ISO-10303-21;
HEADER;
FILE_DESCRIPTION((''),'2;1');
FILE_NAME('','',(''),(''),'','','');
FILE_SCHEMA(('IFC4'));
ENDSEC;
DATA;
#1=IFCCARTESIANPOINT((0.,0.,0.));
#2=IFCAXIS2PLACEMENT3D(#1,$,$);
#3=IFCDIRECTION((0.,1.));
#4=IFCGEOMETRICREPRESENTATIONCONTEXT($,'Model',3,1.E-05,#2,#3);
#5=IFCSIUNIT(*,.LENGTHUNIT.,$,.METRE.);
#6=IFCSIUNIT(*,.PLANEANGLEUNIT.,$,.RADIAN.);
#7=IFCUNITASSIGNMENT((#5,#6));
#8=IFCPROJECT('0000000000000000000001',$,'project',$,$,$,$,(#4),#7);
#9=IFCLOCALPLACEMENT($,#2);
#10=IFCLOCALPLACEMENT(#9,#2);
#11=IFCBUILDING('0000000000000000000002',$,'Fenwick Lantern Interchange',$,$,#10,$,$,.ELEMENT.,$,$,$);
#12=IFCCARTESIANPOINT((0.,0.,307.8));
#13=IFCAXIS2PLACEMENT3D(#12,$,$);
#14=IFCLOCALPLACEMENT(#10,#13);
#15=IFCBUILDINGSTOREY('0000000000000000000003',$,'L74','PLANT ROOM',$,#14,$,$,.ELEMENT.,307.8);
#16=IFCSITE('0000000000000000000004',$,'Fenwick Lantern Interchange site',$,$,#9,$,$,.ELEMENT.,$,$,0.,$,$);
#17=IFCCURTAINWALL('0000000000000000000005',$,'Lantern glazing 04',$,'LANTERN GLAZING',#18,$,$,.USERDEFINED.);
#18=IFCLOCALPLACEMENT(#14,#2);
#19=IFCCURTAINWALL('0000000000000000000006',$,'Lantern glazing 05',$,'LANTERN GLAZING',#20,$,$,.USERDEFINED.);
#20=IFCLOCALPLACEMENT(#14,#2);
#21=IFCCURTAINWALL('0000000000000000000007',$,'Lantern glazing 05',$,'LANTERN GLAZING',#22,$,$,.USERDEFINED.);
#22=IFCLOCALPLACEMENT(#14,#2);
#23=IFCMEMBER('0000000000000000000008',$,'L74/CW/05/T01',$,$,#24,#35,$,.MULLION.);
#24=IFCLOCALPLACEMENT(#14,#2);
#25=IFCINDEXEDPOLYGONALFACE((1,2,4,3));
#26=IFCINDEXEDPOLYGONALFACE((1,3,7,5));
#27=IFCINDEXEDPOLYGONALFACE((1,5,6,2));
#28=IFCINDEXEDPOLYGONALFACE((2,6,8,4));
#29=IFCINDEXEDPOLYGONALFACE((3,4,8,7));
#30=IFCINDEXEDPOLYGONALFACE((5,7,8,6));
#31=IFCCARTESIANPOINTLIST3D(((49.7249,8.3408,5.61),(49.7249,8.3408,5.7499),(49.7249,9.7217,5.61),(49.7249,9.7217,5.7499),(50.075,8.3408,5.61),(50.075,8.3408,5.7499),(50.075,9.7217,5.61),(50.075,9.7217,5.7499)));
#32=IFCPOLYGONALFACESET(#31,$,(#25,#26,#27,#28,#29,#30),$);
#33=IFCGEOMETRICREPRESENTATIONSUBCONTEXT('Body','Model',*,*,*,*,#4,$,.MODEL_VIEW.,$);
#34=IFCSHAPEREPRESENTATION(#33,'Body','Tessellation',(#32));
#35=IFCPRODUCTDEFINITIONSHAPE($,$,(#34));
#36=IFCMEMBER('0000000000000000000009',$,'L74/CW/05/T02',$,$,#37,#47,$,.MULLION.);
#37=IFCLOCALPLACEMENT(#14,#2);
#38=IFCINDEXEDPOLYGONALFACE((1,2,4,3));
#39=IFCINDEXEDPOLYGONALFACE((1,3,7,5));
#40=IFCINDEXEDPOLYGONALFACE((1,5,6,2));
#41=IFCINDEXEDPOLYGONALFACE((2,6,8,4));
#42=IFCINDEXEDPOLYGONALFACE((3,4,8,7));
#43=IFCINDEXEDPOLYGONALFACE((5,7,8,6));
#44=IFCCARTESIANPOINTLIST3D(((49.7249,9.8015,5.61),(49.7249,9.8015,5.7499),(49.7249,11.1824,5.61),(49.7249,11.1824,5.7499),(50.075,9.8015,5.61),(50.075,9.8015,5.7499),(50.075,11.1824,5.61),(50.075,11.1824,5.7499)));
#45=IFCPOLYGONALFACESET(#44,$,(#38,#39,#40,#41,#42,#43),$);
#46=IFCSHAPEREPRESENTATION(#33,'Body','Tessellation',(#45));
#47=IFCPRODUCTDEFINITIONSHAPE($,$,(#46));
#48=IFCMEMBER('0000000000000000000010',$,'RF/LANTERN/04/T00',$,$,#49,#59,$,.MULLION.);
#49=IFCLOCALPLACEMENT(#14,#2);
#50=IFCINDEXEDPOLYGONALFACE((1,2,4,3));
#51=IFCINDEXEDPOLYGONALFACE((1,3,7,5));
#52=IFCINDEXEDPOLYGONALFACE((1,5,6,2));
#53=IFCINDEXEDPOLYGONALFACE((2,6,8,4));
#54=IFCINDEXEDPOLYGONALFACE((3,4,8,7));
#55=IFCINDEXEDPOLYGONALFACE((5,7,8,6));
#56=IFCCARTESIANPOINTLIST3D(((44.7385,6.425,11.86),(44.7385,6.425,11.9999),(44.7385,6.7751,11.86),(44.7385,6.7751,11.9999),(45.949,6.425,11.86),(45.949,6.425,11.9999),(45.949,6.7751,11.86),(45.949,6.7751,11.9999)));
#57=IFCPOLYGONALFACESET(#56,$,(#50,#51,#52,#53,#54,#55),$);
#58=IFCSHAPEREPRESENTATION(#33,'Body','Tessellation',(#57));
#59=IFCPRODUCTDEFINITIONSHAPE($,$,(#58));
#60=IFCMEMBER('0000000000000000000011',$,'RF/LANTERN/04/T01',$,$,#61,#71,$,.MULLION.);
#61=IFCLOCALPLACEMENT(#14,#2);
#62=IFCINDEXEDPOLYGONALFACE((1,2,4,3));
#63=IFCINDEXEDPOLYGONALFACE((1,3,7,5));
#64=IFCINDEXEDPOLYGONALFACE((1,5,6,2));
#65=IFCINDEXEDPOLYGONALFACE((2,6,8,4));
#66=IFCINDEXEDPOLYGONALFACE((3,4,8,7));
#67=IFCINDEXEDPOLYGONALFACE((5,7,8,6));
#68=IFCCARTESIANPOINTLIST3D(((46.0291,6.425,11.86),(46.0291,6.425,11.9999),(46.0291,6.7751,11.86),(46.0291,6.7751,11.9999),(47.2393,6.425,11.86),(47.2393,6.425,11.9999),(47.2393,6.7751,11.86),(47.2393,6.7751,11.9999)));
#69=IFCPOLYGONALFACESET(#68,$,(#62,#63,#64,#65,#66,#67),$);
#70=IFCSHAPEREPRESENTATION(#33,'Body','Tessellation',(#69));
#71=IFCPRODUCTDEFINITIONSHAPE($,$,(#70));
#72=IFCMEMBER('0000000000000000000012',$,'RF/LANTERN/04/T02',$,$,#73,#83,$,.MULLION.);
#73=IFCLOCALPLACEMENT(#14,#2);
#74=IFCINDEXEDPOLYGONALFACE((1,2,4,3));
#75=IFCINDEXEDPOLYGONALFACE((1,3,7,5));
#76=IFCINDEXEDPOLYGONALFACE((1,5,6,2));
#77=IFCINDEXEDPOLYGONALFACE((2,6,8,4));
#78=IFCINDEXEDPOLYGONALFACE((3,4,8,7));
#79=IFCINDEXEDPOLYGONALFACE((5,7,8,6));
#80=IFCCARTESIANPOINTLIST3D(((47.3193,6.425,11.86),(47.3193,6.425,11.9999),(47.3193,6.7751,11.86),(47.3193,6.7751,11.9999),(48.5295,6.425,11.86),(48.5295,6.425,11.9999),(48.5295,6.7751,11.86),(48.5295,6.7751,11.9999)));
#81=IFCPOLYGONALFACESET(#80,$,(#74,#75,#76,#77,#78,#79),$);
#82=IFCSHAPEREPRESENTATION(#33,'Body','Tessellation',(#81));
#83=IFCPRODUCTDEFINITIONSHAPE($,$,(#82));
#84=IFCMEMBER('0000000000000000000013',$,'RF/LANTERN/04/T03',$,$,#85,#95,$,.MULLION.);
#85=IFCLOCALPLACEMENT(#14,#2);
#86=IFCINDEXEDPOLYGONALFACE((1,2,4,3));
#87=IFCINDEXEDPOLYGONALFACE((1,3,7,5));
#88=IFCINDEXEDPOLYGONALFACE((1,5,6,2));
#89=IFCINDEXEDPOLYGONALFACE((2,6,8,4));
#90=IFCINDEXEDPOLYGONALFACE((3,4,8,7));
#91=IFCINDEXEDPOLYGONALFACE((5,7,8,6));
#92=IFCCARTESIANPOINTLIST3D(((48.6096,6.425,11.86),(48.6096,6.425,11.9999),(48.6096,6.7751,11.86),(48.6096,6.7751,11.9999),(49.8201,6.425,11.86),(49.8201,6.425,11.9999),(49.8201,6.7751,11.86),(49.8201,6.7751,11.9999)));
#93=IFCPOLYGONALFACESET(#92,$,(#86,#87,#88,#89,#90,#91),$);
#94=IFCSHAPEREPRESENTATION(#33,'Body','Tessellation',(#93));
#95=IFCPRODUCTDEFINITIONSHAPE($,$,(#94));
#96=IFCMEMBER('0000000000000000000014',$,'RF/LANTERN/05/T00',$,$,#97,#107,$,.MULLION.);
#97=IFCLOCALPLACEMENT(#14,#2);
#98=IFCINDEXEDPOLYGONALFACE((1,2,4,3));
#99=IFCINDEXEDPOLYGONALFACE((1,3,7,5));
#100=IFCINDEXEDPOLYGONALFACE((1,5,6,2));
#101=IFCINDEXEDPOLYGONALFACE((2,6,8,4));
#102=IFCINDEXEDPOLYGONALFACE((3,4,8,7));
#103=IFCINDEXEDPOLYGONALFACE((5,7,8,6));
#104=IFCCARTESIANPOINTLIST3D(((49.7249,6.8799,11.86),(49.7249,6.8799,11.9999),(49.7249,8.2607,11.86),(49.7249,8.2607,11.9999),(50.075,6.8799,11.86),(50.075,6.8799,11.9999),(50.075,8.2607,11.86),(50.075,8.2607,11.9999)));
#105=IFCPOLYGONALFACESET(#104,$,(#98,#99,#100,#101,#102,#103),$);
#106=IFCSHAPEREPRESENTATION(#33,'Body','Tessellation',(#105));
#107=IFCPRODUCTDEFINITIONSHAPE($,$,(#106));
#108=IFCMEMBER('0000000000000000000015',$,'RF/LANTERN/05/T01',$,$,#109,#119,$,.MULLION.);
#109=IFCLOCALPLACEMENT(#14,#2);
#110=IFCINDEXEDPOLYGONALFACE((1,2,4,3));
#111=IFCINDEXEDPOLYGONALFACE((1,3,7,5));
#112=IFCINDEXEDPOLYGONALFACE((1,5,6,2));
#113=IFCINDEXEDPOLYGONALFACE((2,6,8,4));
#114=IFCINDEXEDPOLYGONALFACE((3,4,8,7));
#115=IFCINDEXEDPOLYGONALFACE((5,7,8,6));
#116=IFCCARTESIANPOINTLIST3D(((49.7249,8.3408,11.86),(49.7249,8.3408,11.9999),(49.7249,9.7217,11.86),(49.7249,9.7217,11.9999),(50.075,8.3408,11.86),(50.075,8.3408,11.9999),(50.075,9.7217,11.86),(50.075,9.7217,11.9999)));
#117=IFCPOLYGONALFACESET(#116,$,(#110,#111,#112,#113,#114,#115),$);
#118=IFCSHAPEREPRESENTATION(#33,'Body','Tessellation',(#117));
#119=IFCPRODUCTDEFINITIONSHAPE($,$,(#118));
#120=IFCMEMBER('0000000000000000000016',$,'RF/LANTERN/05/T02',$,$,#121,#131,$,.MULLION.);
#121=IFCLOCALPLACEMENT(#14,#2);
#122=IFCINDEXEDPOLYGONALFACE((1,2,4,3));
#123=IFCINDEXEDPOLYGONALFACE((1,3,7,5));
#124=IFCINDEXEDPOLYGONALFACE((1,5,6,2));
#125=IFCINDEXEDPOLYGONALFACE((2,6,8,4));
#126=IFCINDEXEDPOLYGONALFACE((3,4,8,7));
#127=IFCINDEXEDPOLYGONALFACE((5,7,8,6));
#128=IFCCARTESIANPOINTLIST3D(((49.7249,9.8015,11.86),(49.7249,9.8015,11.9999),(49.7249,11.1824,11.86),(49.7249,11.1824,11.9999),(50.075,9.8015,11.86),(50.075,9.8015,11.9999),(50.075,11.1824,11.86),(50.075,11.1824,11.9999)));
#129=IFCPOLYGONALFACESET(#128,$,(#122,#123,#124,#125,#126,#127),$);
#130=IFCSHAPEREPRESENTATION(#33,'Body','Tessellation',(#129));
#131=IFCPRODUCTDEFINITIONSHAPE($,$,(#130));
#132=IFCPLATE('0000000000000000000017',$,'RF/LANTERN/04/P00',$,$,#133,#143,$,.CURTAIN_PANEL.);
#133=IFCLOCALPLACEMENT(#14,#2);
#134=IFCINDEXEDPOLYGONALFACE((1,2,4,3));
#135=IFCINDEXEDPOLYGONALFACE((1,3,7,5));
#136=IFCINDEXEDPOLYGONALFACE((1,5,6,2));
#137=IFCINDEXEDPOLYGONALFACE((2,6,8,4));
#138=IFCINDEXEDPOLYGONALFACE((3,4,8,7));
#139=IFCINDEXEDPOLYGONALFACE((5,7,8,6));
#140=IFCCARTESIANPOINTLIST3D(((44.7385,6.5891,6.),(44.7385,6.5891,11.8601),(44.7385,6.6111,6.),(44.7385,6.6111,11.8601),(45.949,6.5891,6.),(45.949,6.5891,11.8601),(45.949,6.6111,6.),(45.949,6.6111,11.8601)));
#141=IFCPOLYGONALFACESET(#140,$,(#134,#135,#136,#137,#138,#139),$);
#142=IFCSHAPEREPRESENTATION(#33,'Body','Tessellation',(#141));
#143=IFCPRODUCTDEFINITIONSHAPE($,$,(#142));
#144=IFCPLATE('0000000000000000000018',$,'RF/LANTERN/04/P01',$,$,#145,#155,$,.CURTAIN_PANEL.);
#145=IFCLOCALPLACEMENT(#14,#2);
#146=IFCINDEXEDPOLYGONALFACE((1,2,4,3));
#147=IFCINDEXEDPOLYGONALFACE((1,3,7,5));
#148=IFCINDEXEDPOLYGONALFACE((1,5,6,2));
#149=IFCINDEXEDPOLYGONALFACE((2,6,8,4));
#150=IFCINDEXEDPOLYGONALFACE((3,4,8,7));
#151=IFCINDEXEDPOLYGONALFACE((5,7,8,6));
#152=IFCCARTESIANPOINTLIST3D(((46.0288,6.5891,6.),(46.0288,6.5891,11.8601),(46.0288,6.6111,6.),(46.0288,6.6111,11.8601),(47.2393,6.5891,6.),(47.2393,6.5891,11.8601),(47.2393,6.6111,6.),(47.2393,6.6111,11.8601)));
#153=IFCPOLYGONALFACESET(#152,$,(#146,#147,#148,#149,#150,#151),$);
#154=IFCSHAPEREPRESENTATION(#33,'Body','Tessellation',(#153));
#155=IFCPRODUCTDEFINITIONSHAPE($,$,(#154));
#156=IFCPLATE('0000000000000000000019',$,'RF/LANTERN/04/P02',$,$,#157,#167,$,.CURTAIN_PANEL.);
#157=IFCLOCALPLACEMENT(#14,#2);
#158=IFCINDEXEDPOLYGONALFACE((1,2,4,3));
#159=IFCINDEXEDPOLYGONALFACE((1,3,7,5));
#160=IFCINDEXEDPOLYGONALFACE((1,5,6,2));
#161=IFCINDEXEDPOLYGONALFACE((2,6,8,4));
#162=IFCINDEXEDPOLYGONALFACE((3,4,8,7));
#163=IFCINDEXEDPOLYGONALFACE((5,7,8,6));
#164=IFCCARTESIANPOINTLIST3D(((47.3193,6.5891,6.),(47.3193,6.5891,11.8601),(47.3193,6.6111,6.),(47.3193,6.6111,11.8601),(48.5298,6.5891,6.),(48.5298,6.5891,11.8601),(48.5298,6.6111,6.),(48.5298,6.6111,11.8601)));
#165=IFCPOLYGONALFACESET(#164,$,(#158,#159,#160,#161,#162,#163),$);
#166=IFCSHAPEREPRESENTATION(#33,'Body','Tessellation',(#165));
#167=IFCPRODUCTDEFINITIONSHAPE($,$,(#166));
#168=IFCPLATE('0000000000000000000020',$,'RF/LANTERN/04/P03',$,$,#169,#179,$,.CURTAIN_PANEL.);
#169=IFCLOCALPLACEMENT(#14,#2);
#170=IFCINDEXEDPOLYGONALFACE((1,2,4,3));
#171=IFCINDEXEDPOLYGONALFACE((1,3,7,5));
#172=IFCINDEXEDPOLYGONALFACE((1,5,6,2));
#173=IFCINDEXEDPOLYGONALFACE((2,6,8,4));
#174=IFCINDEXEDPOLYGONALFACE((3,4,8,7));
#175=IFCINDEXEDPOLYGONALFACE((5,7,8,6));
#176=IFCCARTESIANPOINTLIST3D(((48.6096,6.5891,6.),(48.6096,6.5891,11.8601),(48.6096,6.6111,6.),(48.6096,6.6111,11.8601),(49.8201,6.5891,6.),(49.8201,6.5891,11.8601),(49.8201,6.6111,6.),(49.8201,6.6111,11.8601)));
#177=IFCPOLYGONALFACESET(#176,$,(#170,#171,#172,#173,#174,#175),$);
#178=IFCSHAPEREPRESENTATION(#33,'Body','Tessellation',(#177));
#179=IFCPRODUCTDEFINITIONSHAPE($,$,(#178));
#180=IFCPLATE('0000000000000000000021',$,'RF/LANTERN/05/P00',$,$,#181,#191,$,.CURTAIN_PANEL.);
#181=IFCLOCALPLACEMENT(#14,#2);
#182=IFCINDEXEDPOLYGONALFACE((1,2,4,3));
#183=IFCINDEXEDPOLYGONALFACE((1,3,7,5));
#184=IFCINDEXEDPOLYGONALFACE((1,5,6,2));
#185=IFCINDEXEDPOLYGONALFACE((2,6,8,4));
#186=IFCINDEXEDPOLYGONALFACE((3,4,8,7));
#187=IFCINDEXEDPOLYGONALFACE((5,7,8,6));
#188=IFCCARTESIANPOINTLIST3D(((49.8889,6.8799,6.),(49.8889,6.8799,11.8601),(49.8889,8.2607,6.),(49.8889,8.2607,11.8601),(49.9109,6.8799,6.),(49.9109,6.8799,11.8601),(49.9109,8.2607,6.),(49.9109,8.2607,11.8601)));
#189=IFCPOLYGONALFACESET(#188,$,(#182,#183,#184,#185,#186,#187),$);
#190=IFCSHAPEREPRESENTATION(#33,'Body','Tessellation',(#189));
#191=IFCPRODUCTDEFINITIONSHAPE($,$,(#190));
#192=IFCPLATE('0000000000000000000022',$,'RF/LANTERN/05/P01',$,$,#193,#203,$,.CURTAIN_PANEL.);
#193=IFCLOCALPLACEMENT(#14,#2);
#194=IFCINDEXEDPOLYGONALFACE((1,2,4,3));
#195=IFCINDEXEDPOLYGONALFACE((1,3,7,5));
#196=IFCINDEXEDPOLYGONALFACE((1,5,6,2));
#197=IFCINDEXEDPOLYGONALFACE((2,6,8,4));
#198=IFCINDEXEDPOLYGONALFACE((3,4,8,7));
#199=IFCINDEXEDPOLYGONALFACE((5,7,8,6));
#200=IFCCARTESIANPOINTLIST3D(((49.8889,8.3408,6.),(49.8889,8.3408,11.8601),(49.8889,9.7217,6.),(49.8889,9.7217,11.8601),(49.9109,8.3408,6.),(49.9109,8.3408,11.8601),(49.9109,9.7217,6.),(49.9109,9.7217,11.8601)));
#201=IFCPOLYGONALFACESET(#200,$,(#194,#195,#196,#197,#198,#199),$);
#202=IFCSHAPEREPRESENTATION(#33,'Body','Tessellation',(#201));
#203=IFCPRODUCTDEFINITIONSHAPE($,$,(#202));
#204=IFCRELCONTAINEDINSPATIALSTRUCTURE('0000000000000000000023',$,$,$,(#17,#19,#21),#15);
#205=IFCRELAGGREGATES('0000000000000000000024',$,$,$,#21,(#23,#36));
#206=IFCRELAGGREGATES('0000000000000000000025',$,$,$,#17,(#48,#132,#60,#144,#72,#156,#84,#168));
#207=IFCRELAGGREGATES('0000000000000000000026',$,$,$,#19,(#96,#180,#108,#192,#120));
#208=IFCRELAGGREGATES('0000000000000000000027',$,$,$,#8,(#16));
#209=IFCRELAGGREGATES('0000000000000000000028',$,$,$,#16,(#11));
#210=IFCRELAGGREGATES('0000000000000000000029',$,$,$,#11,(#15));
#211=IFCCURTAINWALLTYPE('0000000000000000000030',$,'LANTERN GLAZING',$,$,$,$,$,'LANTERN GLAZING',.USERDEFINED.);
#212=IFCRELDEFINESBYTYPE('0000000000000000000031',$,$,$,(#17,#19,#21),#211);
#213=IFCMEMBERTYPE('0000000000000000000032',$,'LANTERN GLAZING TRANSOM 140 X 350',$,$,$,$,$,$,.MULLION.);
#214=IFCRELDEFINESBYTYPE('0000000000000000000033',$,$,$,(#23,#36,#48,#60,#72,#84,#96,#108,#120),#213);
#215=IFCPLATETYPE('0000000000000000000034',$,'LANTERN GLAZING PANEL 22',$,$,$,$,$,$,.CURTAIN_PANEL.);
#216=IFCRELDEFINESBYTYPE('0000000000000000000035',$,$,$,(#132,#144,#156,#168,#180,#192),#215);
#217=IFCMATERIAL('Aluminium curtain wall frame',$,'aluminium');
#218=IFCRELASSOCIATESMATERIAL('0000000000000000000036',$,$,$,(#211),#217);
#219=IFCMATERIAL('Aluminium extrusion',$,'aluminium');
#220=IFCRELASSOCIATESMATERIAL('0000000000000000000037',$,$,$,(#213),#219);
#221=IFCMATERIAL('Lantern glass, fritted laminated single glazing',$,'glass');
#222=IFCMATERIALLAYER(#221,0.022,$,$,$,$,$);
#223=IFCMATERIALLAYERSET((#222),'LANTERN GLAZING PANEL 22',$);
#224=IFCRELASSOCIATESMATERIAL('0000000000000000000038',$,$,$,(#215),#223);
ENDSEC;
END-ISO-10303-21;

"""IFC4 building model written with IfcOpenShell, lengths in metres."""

from ifc_helpers import new_model, si_unit, direction, frame, origin, origin_2d, place, context, subcontext, project, spatial, rectangle, extrude, material, layer, layer_set, material_profile, profile_set, type_object, element, aggregate, save


model = new_model("IFC4")

# Units and contexts
model_context = context("Model", 3, precision=1e-05, world=origin(), true_north=direction((0.0, 1.0)))
body_context = subcontext(model_context, "Body", "Model", "MODEL_VIEW")
ifc_project = project(units=[si_unit("LENGTHUNIT", "METRE"), si_unit("PLANEANGLEUNIT", "RADIAN")], contexts=[model_context])

# Site, building, storey
site_placement = place(None, origin())
site = spatial("IfcSite", under=ifc_project, at=site_placement, Name="Fenwick Lantern Interchange site", CompositionType="ELEMENT", RefElevation=0.0)
building_placement = place(site_placement, origin())
building = spatial("IfcBuilding", under=site, at=building_placement, Name="Fenwick Lantern Interchange", CompositionType="ELEMENT")
storey_placement = place(building_placement, frame((0.0, 0.0, 307.8)))
storey = spatial("IfcBuildingStorey", under=building, at=storey_placement, Name="L74", Description="PLANT ROOM", CompositionType="ELEMENT", Elevation=307.8)

# Shared definitions
ifc_material_1 = material(Name="Aluminium curtain wall frame", Category="aluminium")
curtain_wall_type = type_object("IfcCurtainWallType", Name="LANTERN GLAZING", ElementType="LANTERN GLAZING", PredefinedType="USERDEFINED", material=ifc_material_1)
ifc_material_2 = material(Name="Aluminium extrusion", Category="aluminium")

# Curtain walls, members
curtain_wall_1_placement = place(storey_placement, origin())
curtain_wall_1 = element("IfcCurtainWall", 1, at=curtain_wall_1_placement, inside=storey, type_object=curtain_wall_type, Name="Lantern glazing 04", ObjectType="LANTERN GLAZING", PredefinedType="USERDEFINED")
curtain_wall_2_placement = place(storey_placement, origin())
curtain_wall_2 = element("IfcCurtainWall", 2, at=curtain_wall_2_placement, inside=storey, type_object=curtain_wall_type, Name="Lantern glazing 05", ObjectType="LANTERN GLAZING", PredefinedType="USERDEFINED")
ifc_material_profile_1 = material_profile(ifc_material_2, rectangle(XDim=0.3501, YDim=0.1399, at=origin_2d()), Name="LANTERN GLAZING TRANSOM 140 X 350")
ifc_profile_set_1 = profile_set([ifc_material_profile_1], Name="Aluminium extrusion")
member_type_1 = type_object("IfcMemberType", Name="LANTERN GLAZING TRANSOM 140 X 350", PredefinedType="MULLION", material=ifc_profile_set_1)
curtain_wall_3_placement = place(storey_placement, origin())
curtain_wall_3 = element("IfcCurtainWall", 3, at=curtain_wall_3_placement, inside=storey, type_object=curtain_wall_type, Name="Lantern glazing 05", ObjectType="LANTERN GLAZING", PredefinedType="USERDEFINED")
member_1_placement = place(storey_placement, frame((49.8999, 8.3408, 5.6799), z_axis=(0.0, 1.0, 0.0), x_axis=(-1.0, 0.0, 0.0)))
member_1 = element("IfcMember", 4, at=member_1_placement, type_object=member_type_1, Name="L74/CW/05/T01", PredefinedType="MULLION", context=body_context, shape_type="SweptSolid", body=[
    extrude(rectangle(XDim=0.3501, YDim=0.1399, at=origin_2d()), origin(), (0.0, 0.0, 1.0), 1.3809),
])
member_2_placement = place(storey_placement, frame((49.8999, 9.8015, 5.6799), z_axis=(0.0, 1.0, 0.0), x_axis=(-1.0, 0.0, 0.0)))
member_2 = element("IfcMember", 5, at=member_2_placement, type_object=member_type_1, Name="L74/CW/05/T02", PredefinedType="MULLION", context=body_context, shape_type="SweptSolid", body=[
    extrude(rectangle(XDim=0.3501, YDim=0.1399, at=origin_2d()), origin(), (0.0, 0.0, 1.0), 1.3809),
])

# Members
member_3_placement = place(storey_placement, frame((44.7385, 6.6001, 11.9299), z_axis=(1.0, 0.0, 0.0), x_axis=(0.0, 1.0, 0.0)))
member_3 = element("IfcMember", 6, at=member_3_placement, type_object=member_type_1, Name="RF/LANTERN/04/T00", PredefinedType="MULLION", context=body_context, shape_type="SweptSolid", body=[
    extrude(rectangle(XDim=0.3501, YDim=0.1399, at=origin_2d()), origin(), (0.0, 0.0, 1.0), 1.2104),
])
member_4_placement = place(storey_placement, frame((46.0291, 6.6001, 11.9299), z_axis=(1.0, 0.0, 0.0), x_axis=(0.0, 1.0, 0.0)))
member_4 = element("IfcMember", 7, at=member_4_placement, type_object=member_type_1, Name="RF/LANTERN/04/T01", PredefinedType="MULLION", context=body_context, shape_type="SweptSolid", body=[
    extrude(rectangle(XDim=0.3501, YDim=0.1399, at=origin_2d()), origin(), (0.0, 0.0, 1.0), 1.2102),
])
member_5_placement = place(storey_placement, frame((47.3193, 6.6001, 11.9299), z_axis=(1.0, 0.0, 0.0), x_axis=(0.0, 1.0, 0.0)))
member_5 = element("IfcMember", 8, at=member_5_placement, type_object=member_type_1, Name="RF/LANTERN/04/T02", PredefinedType="MULLION", context=body_context, shape_type="SweptSolid", body=[
    extrude(rectangle(XDim=0.3501, YDim=0.1399, at=origin_2d()), origin(), (0.0, 0.0, 1.0), 1.2102),
])
member_6_placement = place(storey_placement, frame((48.6096, 6.6001, 11.9299), z_axis=(1.0, 0.0, 0.0), x_axis=(0.0, 1.0, 0.0)))
member_6 = element("IfcMember", 9, at=member_6_placement, type_object=member_type_1, Name="RF/LANTERN/04/T03", PredefinedType="MULLION", context=body_context, shape_type="SweptSolid", body=[
    extrude(rectangle(XDim=0.3501, YDim=0.1399, at=origin_2d()), origin(), (0.0, 0.0, 1.0), 1.2104),
])
member_7_placement = place(storey_placement, frame((49.8999, 6.8799, 11.9299), z_axis=(0.0, 1.0, 0.0), x_axis=(-1.0, 0.0, 0.0)))
member_7 = element("IfcMember", 10, at=member_7_placement, type_object=member_type_1, Name="RF/LANTERN/05/T00", PredefinedType="MULLION", context=body_context, shape_type="SweptSolid", body=[
    extrude(rectangle(XDim=0.3501, YDim=0.1399, at=origin_2d()), origin(), (0.0, 0.0, 1.0), 1.3809),
])
member_8_placement = place(storey_placement, frame((49.8999, 8.3408, 11.9299), z_axis=(0.0, 1.0, 0.0), x_axis=(-1.0, 0.0, 0.0)))
member_8 = element("IfcMember", 11, at=member_8_placement, type_object=member_type_1, Name="RF/LANTERN/05/T01", PredefinedType="MULLION", context=body_context, shape_type="SweptSolid", body=[
    extrude(rectangle(XDim=0.3501, YDim=0.1399, at=origin_2d()), origin(), (0.0, 0.0, 1.0), 1.3809),
])
member_9_placement = place(storey_placement, frame((49.8999, 9.8015, 11.9299), z_axis=(0.0, 1.0, 0.0), x_axis=(-1.0, 0.0, 0.0)))
member_9 = element("IfcMember", 12, at=member_9_placement, type_object=member_type_1, Name="RF/LANTERN/05/T02", PredefinedType="MULLION", context=body_context, shape_type="SweptSolid", body=[
    extrude(rectangle(XDim=0.3501, YDim=0.1399, at=origin_2d()), origin(), (0.0, 0.0, 1.0), 1.3809),
])

# Plates
ifc_material_3 = material(Name="Lantern glass, fritted laminated single glazing", Category="glass")
ifc_layer = layer(ifc_material_3, 0.022)
ifc_layer_set = layer_set([ifc_layer], Name="LANTERN GLAZING PANEL 22")
plate_type = type_object("IfcPlateType", Name="LANTERN GLAZING PANEL 22", PredefinedType="CURTAIN_PANEL", material=ifc_layer_set)
aggregate(curtain_wall_3, [member_1, member_2])
plate_1_placement = place(storey_placement, frame((45.3438, 6.6001, 6.0), z_axis=(0.0, 0.0, 1.0), x_axis=(1.0, 0.0, 0.0)))
plate_1 = element("IfcPlate", 13, at=plate_1_placement, type_object=plate_type, Name="RF/LANTERN/04/P00", PredefinedType="CURTAIN_PANEL", context=body_context, shape_type="SweptSolid", body=[
    extrude(rectangle(XDim=1.2104, YDim=0.022, at=origin_2d()), origin(), (0.0, 0.0, 1.0), 5.8601),
])
plate_2_placement = place(storey_placement, frame((46.634, 6.6001, 6.0), z_axis=(0.0, 0.0, 1.0), x_axis=(1.0, 0.0, 0.0)))
plate_2 = element("IfcPlate", 14, at=plate_2_placement, type_object=plate_type, Name="RF/LANTERN/04/P01", PredefinedType="CURTAIN_PANEL", context=body_context, shape_type="SweptSolid", body=[
    extrude(rectangle(XDim=1.2104, YDim=0.022, at=origin_2d()), origin(), (0.0, 0.0, 1.0), 5.8601),
])
plate_3_placement = place(storey_placement, frame((47.9246, 6.6001, 6.0), z_axis=(0.0, 0.0, 1.0), x_axis=(1.0, 0.0, 0.0)))
plate_3 = element("IfcPlate", 15, at=plate_3_placement, type_object=plate_type, Name="RF/LANTERN/04/P02", PredefinedType="CURTAIN_PANEL", context=body_context, shape_type="SweptSolid", body=[
    extrude(rectangle(XDim=1.2104, YDim=0.022, at=origin_2d()), origin(), (0.0, 0.0, 1.0), 5.8601),
])
plate_4_placement = place(storey_placement, frame((49.2148, 6.6001, 6.0), z_axis=(0.0, 0.0, 1.0), x_axis=(1.0, 0.0, 0.0)))
plate_4 = element("IfcPlate", 16, at=plate_4_placement, type_object=plate_type, Name="RF/LANTERN/04/P03", PredefinedType="CURTAIN_PANEL", context=body_context, shape_type="SweptSolid", body=[
    extrude(rectangle(XDim=1.2104, YDim=0.022, at=origin_2d()), origin(), (0.0, 0.0, 1.0), 5.8601),
])
aggregate(curtain_wall_1, [member_3, plate_1, member_4, plate_2, member_5, plate_3, member_6, plate_4])
plate_5_placement = place(storey_placement, frame((49.8999, 7.5703, 6.0), z_axis=(0.0, 0.0, 1.0), x_axis=(0.0, 1.0, 0.0)))
plate_5 = element("IfcPlate", 17, at=plate_5_placement, type_object=plate_type, Name="RF/LANTERN/05/P00", PredefinedType="CURTAIN_PANEL", context=body_context, shape_type="SweptSolid", body=[
    extrude(rectangle(XDim=1.3809, YDim=0.022, at=origin_2d()), origin(), (0.0, 0.0, 1.0), 5.8601),
])
plate_6_placement = place(storey_placement, frame((49.8999, 9.0312, 6.0), z_axis=(0.0, 0.0, 1.0), x_axis=(0.0, 1.0, 0.0)))
plate_6 = element("IfcPlate", 18, at=plate_6_placement, type_object=plate_type, Name="RF/LANTERN/05/P01", PredefinedType="CURTAIN_PANEL", context=body_context, shape_type="SweptSolid", body=[
    extrude(rectangle(XDim=1.3809, YDim=0.022, at=origin_2d()), origin(), (0.0, 0.0, 1.0), 5.8601),
])
aggregate(curtain_wall_2, [member_7, plate_5, member_8, plate_6, member_9])

save(model, "model.ifc")
